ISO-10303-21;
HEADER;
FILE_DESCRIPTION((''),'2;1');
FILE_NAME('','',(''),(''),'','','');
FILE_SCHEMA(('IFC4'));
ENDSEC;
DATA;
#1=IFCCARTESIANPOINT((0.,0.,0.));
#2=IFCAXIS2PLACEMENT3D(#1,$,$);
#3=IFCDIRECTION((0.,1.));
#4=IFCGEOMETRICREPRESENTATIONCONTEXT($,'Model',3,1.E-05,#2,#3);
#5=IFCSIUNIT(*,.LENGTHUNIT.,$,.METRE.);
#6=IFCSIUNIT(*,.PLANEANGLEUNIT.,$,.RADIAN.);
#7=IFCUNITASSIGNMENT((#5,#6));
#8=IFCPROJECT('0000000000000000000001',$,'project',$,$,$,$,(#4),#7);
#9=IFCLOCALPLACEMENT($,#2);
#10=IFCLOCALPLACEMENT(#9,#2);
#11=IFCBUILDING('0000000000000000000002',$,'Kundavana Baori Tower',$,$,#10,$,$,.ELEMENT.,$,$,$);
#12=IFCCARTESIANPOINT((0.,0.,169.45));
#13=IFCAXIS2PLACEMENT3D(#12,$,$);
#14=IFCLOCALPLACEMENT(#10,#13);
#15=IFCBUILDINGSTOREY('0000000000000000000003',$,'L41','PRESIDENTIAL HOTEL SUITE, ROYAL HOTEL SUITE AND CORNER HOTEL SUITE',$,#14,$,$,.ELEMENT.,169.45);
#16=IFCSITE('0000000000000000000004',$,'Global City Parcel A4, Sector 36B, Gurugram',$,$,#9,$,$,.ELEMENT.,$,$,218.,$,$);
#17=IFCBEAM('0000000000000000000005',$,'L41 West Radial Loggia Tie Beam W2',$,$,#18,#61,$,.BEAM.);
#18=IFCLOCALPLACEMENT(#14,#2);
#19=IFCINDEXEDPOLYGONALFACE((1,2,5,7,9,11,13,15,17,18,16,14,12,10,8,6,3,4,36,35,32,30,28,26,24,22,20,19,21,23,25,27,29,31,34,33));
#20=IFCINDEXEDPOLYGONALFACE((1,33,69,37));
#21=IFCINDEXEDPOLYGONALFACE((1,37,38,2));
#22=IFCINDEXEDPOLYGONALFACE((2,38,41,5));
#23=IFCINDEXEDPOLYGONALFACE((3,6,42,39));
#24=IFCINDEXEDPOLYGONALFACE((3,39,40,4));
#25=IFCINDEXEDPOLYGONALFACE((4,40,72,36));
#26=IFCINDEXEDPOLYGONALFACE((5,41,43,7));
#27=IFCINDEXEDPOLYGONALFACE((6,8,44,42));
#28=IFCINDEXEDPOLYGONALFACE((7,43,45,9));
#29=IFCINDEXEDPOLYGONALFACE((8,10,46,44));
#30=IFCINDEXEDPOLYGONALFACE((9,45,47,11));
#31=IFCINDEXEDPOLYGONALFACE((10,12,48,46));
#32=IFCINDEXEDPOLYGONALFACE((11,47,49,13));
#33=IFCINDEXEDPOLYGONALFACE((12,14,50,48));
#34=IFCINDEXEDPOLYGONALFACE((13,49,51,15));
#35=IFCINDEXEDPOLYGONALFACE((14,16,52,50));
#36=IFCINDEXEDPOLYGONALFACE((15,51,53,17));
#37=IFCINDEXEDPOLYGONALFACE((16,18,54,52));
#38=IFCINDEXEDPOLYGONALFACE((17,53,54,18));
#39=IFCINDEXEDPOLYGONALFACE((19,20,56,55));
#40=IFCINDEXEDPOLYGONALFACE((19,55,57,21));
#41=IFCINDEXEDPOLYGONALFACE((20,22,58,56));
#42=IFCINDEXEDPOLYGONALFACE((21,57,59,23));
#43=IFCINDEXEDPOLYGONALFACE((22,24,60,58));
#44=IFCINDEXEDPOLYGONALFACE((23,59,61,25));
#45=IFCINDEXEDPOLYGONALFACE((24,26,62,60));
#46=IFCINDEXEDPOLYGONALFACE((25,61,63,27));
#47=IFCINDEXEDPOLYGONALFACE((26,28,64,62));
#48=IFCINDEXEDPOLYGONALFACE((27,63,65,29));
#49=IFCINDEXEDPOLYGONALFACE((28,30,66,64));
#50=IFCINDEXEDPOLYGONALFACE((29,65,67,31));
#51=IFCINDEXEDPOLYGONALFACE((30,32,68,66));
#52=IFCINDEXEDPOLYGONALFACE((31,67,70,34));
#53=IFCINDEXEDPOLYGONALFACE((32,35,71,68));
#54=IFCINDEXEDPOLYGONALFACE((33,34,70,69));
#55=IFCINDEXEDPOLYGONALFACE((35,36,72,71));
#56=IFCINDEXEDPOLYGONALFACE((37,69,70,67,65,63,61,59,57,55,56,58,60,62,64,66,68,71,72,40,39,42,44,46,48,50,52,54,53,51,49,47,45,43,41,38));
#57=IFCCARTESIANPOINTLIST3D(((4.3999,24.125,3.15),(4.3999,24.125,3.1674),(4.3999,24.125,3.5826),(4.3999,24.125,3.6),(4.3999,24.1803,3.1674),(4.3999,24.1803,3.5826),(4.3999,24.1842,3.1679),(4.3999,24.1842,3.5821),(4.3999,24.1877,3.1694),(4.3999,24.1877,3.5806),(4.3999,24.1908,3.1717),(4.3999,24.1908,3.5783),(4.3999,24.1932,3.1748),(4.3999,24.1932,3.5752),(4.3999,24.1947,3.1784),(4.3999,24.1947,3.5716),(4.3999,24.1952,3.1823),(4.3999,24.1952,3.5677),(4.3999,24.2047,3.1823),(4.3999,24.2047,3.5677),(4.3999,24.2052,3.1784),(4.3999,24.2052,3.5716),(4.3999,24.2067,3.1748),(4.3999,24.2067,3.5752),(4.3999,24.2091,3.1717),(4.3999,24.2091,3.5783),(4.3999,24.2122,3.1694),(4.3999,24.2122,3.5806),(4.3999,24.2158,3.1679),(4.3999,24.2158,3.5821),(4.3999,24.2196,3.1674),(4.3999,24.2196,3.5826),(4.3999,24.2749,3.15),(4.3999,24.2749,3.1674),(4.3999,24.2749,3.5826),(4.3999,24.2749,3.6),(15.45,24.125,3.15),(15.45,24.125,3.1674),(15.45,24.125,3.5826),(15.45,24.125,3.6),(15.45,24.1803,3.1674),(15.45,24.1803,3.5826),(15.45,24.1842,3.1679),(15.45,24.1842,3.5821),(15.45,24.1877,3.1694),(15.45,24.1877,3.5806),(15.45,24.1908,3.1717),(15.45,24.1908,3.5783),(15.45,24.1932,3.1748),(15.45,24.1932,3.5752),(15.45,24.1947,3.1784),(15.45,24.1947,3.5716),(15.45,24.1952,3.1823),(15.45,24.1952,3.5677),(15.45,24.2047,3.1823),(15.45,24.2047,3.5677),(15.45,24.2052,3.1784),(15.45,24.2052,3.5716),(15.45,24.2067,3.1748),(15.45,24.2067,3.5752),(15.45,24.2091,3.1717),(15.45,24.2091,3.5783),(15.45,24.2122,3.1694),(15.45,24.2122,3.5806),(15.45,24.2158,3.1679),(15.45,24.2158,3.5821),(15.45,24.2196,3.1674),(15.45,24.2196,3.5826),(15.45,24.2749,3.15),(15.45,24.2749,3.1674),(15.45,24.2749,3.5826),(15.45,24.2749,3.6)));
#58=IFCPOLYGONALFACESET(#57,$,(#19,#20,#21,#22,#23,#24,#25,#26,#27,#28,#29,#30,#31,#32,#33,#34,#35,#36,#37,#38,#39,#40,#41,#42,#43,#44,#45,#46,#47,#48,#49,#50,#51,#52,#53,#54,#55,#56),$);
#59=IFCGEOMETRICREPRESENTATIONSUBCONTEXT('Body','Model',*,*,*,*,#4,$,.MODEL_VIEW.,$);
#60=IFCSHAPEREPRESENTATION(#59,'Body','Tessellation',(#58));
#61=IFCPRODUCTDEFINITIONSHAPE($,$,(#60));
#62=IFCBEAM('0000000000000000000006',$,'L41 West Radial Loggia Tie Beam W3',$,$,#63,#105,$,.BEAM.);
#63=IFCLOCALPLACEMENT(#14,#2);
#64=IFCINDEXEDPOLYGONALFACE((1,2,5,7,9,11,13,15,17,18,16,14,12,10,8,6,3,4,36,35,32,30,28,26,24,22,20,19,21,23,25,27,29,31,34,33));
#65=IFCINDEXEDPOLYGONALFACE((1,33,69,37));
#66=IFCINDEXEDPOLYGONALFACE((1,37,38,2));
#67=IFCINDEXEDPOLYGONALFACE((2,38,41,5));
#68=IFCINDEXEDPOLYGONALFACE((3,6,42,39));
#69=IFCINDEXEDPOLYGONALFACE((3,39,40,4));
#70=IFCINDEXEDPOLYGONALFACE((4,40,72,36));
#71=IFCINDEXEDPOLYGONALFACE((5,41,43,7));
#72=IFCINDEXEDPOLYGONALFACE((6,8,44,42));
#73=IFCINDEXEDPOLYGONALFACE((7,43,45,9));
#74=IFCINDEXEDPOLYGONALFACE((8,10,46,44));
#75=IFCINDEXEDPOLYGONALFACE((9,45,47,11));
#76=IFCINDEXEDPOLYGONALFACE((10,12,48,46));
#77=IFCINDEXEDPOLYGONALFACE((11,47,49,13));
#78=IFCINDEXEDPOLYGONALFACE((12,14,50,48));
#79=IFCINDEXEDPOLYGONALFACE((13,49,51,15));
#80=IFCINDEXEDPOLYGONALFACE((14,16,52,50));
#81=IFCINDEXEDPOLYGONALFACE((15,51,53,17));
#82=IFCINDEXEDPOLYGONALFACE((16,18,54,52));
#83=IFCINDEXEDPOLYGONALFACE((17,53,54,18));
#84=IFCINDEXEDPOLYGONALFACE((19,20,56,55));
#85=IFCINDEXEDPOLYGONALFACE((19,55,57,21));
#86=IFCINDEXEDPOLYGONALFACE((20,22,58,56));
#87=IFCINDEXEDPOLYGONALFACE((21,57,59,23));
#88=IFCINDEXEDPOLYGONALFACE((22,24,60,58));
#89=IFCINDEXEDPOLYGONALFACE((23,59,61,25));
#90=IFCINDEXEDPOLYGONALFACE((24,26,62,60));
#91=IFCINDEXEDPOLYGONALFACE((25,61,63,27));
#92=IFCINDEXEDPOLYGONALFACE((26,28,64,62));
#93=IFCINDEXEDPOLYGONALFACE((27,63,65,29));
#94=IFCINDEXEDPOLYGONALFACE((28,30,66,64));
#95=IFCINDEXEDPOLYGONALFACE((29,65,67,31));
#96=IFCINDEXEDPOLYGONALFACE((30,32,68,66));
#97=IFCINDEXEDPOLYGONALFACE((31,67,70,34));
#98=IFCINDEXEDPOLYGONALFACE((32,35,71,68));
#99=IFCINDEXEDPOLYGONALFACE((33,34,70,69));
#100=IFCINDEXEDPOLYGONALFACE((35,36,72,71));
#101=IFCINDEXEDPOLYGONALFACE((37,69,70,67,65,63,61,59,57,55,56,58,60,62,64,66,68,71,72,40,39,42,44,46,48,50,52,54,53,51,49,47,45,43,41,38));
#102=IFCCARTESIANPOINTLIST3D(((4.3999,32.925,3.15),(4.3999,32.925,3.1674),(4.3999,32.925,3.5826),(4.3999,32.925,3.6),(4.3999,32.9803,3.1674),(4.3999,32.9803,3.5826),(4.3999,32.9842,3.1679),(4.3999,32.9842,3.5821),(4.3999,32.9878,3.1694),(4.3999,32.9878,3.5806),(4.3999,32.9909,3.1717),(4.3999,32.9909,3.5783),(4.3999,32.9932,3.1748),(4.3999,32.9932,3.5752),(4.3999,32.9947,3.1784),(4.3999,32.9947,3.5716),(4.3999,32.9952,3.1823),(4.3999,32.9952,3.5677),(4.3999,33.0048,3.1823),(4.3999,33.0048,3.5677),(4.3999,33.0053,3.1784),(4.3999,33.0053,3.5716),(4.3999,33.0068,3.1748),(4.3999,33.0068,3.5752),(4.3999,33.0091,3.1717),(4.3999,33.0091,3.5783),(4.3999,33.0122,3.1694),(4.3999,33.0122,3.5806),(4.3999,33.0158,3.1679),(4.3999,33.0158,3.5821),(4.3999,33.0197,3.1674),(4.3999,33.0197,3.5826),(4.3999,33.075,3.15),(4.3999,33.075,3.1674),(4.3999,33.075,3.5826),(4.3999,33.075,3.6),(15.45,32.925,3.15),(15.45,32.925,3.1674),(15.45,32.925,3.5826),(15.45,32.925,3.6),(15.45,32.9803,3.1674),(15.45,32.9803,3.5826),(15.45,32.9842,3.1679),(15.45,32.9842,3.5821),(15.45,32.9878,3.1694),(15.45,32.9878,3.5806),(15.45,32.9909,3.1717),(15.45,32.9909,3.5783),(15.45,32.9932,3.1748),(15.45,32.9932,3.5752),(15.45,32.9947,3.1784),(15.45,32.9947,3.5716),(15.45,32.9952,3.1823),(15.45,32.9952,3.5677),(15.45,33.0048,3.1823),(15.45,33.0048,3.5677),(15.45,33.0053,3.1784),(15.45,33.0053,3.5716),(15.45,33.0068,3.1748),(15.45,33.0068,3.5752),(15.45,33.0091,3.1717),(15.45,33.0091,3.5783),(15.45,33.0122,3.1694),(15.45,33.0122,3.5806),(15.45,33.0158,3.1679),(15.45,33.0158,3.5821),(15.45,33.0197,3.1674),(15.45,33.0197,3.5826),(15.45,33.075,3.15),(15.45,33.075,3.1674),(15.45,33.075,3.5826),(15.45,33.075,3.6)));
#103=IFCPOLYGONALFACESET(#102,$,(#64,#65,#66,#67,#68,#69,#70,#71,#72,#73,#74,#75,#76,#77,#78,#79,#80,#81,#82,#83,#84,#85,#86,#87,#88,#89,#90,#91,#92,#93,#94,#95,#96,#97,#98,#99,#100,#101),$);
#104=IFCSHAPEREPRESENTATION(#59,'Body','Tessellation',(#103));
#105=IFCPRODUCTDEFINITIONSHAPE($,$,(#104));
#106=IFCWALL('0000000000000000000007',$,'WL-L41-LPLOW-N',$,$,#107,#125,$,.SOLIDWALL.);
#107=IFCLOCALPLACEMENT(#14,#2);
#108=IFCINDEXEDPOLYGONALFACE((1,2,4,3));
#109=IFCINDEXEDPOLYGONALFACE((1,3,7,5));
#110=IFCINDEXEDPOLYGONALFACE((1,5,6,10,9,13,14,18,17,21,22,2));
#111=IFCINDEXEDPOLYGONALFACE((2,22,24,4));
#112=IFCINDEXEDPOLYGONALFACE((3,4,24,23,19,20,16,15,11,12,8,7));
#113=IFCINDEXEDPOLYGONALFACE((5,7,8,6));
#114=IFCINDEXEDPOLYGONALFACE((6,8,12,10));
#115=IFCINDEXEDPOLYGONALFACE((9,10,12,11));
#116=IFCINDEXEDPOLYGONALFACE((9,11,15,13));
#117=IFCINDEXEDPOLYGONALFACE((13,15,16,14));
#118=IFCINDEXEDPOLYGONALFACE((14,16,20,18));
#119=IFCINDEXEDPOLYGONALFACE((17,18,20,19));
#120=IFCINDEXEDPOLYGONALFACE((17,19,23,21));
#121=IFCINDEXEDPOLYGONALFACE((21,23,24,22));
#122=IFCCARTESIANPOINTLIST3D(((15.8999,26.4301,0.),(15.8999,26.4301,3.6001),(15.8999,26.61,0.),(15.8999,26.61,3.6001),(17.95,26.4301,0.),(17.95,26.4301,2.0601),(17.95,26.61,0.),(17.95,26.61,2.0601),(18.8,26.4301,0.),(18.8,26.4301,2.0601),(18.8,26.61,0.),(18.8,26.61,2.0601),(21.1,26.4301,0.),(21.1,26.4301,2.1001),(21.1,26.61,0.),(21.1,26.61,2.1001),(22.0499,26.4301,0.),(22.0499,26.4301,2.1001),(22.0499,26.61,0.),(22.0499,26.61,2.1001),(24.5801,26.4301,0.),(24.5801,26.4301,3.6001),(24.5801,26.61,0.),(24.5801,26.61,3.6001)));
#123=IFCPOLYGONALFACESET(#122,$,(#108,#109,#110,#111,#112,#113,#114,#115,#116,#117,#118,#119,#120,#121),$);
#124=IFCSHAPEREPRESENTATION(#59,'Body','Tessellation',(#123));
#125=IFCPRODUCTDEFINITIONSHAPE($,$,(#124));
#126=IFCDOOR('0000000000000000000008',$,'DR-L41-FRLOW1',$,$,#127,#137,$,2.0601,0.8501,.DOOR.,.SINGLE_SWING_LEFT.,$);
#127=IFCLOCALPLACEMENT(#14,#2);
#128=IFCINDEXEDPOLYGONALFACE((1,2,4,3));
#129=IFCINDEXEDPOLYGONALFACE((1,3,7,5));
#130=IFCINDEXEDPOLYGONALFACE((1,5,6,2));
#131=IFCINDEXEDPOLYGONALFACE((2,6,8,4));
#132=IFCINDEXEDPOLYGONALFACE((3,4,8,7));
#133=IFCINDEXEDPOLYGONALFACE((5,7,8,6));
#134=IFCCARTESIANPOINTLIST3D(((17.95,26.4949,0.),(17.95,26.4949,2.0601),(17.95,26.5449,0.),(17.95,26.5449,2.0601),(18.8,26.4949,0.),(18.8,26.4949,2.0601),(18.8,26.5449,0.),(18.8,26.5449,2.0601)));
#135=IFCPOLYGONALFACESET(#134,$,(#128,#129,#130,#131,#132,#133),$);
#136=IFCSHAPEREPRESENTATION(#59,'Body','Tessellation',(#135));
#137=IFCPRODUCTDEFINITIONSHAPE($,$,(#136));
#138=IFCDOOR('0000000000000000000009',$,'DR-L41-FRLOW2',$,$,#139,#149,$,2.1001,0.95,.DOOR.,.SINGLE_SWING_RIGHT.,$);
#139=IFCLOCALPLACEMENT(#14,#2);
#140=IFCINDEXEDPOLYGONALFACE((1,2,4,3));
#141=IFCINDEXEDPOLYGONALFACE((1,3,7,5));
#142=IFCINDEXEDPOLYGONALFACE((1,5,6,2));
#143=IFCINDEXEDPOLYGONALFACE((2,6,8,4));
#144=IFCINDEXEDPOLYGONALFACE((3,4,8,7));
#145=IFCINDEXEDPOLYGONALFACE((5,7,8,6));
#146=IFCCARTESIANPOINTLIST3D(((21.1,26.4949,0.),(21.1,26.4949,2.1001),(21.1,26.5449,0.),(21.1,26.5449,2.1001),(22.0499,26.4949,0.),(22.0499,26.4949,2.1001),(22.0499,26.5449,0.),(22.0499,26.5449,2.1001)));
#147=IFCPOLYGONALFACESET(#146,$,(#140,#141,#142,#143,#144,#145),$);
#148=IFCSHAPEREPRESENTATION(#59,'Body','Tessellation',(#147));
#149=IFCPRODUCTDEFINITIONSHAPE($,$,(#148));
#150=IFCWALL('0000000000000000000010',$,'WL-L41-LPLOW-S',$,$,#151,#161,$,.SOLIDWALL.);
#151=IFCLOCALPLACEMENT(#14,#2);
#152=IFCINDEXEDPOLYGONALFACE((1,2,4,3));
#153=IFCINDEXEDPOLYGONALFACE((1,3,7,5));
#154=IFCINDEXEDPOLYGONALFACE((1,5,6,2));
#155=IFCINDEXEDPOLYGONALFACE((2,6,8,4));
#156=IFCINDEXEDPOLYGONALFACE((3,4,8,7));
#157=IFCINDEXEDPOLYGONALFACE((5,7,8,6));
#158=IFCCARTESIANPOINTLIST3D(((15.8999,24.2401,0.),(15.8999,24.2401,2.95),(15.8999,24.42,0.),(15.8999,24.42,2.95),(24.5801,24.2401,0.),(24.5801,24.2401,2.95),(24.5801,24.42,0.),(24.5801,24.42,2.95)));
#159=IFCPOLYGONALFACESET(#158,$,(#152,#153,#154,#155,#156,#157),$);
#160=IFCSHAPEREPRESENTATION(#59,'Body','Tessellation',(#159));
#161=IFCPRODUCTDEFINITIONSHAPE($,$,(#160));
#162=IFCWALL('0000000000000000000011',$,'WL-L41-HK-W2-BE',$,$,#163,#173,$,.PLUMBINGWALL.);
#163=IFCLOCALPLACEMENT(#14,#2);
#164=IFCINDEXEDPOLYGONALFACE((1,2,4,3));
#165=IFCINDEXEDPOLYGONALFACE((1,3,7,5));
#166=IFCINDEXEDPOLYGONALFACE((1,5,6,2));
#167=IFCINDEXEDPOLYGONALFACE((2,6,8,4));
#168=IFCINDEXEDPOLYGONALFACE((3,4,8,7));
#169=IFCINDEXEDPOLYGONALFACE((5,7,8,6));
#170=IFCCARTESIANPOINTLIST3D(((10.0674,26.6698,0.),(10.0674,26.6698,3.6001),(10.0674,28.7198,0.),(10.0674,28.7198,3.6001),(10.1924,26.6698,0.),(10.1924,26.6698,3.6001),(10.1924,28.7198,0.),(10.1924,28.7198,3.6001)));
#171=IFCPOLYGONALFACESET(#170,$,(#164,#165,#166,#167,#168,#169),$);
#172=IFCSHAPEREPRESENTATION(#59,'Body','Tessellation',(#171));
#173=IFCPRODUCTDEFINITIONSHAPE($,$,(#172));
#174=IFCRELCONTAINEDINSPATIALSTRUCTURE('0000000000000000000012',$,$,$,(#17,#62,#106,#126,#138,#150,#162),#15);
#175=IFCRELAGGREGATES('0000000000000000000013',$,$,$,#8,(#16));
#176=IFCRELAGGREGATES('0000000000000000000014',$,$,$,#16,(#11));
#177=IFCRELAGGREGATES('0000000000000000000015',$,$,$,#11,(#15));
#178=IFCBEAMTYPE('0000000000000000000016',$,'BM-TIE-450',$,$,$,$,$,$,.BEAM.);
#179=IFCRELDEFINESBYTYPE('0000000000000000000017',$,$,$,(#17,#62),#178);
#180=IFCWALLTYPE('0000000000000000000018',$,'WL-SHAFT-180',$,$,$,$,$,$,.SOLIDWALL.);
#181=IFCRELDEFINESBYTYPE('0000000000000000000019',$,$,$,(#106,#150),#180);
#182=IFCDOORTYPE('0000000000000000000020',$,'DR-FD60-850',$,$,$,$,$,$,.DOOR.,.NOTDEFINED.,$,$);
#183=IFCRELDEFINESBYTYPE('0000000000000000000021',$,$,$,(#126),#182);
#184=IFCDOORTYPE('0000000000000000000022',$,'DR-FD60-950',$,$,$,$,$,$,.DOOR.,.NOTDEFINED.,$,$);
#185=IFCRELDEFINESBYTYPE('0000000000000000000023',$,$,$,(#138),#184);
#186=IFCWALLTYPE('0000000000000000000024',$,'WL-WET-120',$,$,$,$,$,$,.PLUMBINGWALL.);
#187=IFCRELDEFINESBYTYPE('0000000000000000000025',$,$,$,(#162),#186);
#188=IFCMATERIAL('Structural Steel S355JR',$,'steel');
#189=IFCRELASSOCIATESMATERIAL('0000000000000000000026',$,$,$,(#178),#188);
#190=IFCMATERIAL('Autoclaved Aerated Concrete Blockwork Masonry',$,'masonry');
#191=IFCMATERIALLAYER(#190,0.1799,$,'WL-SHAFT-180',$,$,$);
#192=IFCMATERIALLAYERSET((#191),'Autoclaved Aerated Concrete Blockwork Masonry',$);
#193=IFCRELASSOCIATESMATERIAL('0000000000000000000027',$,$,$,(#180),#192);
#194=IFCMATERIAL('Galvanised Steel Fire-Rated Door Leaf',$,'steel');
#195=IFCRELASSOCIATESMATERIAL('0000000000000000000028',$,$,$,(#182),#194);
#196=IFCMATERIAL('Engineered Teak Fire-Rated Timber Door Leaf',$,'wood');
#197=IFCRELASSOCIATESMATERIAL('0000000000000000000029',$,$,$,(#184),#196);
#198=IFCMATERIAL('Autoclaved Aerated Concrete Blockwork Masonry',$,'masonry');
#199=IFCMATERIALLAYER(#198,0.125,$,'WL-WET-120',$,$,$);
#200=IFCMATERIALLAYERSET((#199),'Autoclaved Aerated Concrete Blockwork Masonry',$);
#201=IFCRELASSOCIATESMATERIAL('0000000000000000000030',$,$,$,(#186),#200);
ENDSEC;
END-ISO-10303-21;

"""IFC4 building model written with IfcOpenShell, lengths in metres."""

from ifc_helpers import new_model, si_unit, direction, frame, frame_2d, origin, origin_2d, place, context, subcontext, project, spatial, rectangle, i_section, extrude, material, layer, layer_set, material_profile, profile_set, type_object, element, fill, save


model = new_model("IFC4")

# Units and contexts
model_context = context("Model", 3, precision=1e-05, world=origin(), true_north=direction((0.0, 1.0)))
body_context = subcontext(model_context, "Body", "Model", "MODEL_VIEW")
ifc_project = project(units=[si_unit("LENGTHUNIT", "METRE"), si_unit("PLANEANGLEUNIT", "RADIAN")], contexts=[model_context])

# Site, building, storey
site_placement = place(None, origin())
site = spatial("IfcSite", under=ifc_project, at=site_placement, Name="Global City Parcel A4, Sector 36B, Gurugram", CompositionType="ELEMENT", RefElevation=218.0)
building_placement = place(site_placement, origin())
building = spatial("IfcBuilding", under=site, at=building_placement, Name="Kundavana Baori Tower", CompositionType="ELEMENT")
storey_placement = place(building_placement, frame((0.0, 0.0, 169.45)))
storey = spatial("IfcBuildingStorey", under=building, at=storey_placement, Name="L41", Description="PRESIDENTIAL HOTEL SUITE, ROYAL HOTEL SUITE AND CORNER HOTEL SUITE", CompositionType="ELEMENT", Elevation=169.45)

# Beams
ifc_material_1 = material(Name="Structural Steel S355JR", Category="steel")
ifc_material_profile_1 = material_profile(ifc_material_1, i_section(OverallWidth=0.1499, OverallDepth=0.45, WebThickness=0.0095, FlangeThickness=0.0173, FilletRadius=0.0149, at=origin_2d()), Name="ISMB 450")
ifc_profile_set_1 = profile_set([ifc_material_profile_1], Name="Structural Steel S355JR")
beam_type_1 = type_object("IfcBeamType", Name="BM-TIE-450", PredefinedType="BEAM", material=ifc_profile_set_1)
for number, where, z_axis, x_axis, name in (
    (1, (15.45, 24.2, 3.375), (-1.0, 0.0, 0.0), (0.0, -1.0, 0.0), "L41 West Radial Loggia Tie Beam W2"),
    (2, (15.45, 33.0, 3.375), (-1.0, 0.0, 0.0), (0.0, -1.0, 0.0), "L41 West Radial Loggia Tie Beam W3"),
):
    element("IfcBeam", number, at=place(storey_placement, frame(where, z_axis=z_axis, x_axis=x_axis)), inside=storey, type_object=beam_type_1, Name=name, PredefinedType="BEAM", context=body_context, shape_type="SweptSolid", body=[
        extrude(i_section(OverallWidth=0.1499, OverallDepth=0.45, WebThickness=0.0095, FlangeThickness=0.0173, FilletRadius=0.0149, at=origin_2d()), origin(), (0.0, 0.0, 1.0), 11.05),
    ])

# Wall, openings, doors
ifc_material_2 = material(Name="Autoclaved Aerated Concrete Blockwork Masonry", Category="masonry")
ifc_layer_1 = layer(ifc_material_2, 0.1799, Name="WL-SHAFT-180")
ifc_layer_set_1 = layer_set([ifc_layer_1], Name="Autoclaved Aerated Concrete Blockwork Masonry")
wall_type_1 = type_object("IfcWallType", Name="WL-SHAFT-180", PredefinedType="SOLIDWALL", material=ifc_layer_set_1)
wall_1_placement = place(storey_placement, frame((15.8999, 26.52, 0.0), z_axis=(0.0, 0.0, 1.0), x_axis=(1.0, 0.0, 0.0)))
wall_1 = element("IfcWall", 3, at=wall_1_placement, inside=storey, type_object=wall_type_1, Name="WL-L41-LPLOW-N", PredefinedType="SOLIDWALL", context=body_context, shape_type="SweptSolid", body=[
    extrude(rectangle(XDim=8.6802, YDim=0.1799, at=frame_2d((4.3401, 0.0))), origin(), (0.0, 0.0, 1.0), 3.6001),
])
opening_1_placement = place(wall_1_placement, frame((2.05, 0.0, 0.0)))
opening_1 = element("IfcOpeningElement", 4, at=opening_1_placement, cuts=wall_1, PredefinedType="OPENING", context=body_context, shape_type="SweptSolid", body=[
    extrude(rectangle(XDim=0.8501, YDim=2.0601, at=frame_2d((0.425, 1.03))), frame((0.0, 0.1001, 0.0), z_axis=(0.0, -1.0, 0.0), x_axis=(1.0, 0.0, 0.0)), (0.0, 0.0, 1.0), 0.2),
])
opening_2_placement = place(wall_1_placement, frame((5.2, 0.0, 0.0)))
opening_2 = element("IfcOpeningElement", 5, at=opening_2_placement, cuts=wall_1, PredefinedType="OPENING", context=body_context, shape_type="SweptSolid", body=[
    extrude(rectangle(XDim=0.95, YDim=2.1001, at=frame_2d((0.4751, 1.05))), frame((0.0, 0.1001, 0.0), z_axis=(0.0, -1.0, 0.0), x_axis=(1.0, 0.0, 0.0)), (0.0, 0.0, 1.0), 0.2),
])
ifc_material_3 = material(Name="Galvanised Steel Fire-Rated Door Leaf", Category="steel")
door_type_1 = type_object("IfcDoorType", Name="DR-FD60-850", OperationType="NOTDEFINED", PredefinedType="DOOR", material=ifc_material_3)
door_1_placement = place(opening_1_placement, origin())
door_1 = element("IfcDoor", 6, at=door_1_placement, inside=storey, type_object=door_type_1, Name="DR-L41-FRLOW1", OperationType="SINGLE_SWING_LEFT", OverallHeight=2.0601, OverallWidth=0.8501, PredefinedType="DOOR", context=body_context, shape_type="SweptSolid", body=[
    extrude(rectangle(XDim=0.8501, YDim=2.0601, at=frame_2d((0.425, 1.03))), frame((0.0, 0.0249, 0.0), z_axis=(0.0, -1.0, 0.0), x_axis=(1.0, 0.0, 0.0)), (0.0, 0.0, 1.0), 0.05),
])
fill(opening_1, door_1)
ifc_material_4 = material(Name="Engineered Teak Fire-Rated Timber Door Leaf", Category="wood")
door_type_2 = type_object("IfcDoorType", Name="DR-FD60-950", OperationType="NOTDEFINED", PredefinedType="DOOR", material=ifc_material_4)
door_2_placement = place(opening_2_placement, origin())
door_2 = element("IfcDoor", 7, at=door_2_placement, inside=storey, type_object=door_type_2, Name="DR-L41-FRLOW2", OperationType="SINGLE_SWING_RIGHT", OverallHeight=2.1001, OverallWidth=0.95, PredefinedType="DOOR", context=body_context, shape_type="SweptSolid", body=[
    extrude(rectangle(XDim=0.95, YDim=2.1001, at=frame_2d((0.4751, 1.05))), frame((0.0, 0.0249, 0.0), z_axis=(0.0, -1.0, 0.0), x_axis=(1.0, 0.0, 0.0)), (0.0, 0.0, 1.0), 0.05),
])
fill(opening_2, door_2)

# Walls
wall_2_placement = place(storey_placement, frame((15.8999, 24.3301, 0.0), z_axis=(0.0, 0.0, 1.0), x_axis=(1.0, 0.0, 0.0)))
element("IfcWall", 8, at=wall_2_placement, inside=storey, type_object=wall_type_1, Name="WL-L41-LPLOW-S", PredefinedType="SOLIDWALL", context=body_context, shape_type="SweptSolid", body=[
    extrude(rectangle(XDim=8.6802, YDim=0.1799, at=frame_2d((4.3401, 0.0))), origin(), (0.0, 0.0, 1.0), 2.95),
])
ifc_material_5 = material(Name="Autoclaved Aerated Concrete Blockwork Masonry", Category="masonry")
ifc_layer_2 = layer(ifc_material_5, 0.125, Name="WL-WET-120")
ifc_layer_set_2 = layer_set([ifc_layer_2], Name="Autoclaved Aerated Concrete Blockwork Masonry")
wall_type_2 = type_object("IfcWallType", Name="WL-WET-120", PredefinedType="PLUMBINGWALL", material=ifc_layer_set_2)
wall_3_placement = place(storey_placement, frame((10.1299, 26.6699, 0.0), z_axis=(0.0, 0.0, 1.0), x_axis=(0.0, 1.0, 0.0)))
element("IfcWall", 9, at=wall_3_placement, inside=storey, type_object=wall_type_2, Name="WL-L41-HK-W2-BE", PredefinedType="PLUMBINGWALL", context=body_context, shape_type="SweptSolid", body=[
    extrude(rectangle(XDim=2.05, YDim=0.125, at=frame_2d((1.0249, 0.0))), origin(), (0.0, 0.0, 1.0), 3.6001),
])

save(model, "model.ifc")
